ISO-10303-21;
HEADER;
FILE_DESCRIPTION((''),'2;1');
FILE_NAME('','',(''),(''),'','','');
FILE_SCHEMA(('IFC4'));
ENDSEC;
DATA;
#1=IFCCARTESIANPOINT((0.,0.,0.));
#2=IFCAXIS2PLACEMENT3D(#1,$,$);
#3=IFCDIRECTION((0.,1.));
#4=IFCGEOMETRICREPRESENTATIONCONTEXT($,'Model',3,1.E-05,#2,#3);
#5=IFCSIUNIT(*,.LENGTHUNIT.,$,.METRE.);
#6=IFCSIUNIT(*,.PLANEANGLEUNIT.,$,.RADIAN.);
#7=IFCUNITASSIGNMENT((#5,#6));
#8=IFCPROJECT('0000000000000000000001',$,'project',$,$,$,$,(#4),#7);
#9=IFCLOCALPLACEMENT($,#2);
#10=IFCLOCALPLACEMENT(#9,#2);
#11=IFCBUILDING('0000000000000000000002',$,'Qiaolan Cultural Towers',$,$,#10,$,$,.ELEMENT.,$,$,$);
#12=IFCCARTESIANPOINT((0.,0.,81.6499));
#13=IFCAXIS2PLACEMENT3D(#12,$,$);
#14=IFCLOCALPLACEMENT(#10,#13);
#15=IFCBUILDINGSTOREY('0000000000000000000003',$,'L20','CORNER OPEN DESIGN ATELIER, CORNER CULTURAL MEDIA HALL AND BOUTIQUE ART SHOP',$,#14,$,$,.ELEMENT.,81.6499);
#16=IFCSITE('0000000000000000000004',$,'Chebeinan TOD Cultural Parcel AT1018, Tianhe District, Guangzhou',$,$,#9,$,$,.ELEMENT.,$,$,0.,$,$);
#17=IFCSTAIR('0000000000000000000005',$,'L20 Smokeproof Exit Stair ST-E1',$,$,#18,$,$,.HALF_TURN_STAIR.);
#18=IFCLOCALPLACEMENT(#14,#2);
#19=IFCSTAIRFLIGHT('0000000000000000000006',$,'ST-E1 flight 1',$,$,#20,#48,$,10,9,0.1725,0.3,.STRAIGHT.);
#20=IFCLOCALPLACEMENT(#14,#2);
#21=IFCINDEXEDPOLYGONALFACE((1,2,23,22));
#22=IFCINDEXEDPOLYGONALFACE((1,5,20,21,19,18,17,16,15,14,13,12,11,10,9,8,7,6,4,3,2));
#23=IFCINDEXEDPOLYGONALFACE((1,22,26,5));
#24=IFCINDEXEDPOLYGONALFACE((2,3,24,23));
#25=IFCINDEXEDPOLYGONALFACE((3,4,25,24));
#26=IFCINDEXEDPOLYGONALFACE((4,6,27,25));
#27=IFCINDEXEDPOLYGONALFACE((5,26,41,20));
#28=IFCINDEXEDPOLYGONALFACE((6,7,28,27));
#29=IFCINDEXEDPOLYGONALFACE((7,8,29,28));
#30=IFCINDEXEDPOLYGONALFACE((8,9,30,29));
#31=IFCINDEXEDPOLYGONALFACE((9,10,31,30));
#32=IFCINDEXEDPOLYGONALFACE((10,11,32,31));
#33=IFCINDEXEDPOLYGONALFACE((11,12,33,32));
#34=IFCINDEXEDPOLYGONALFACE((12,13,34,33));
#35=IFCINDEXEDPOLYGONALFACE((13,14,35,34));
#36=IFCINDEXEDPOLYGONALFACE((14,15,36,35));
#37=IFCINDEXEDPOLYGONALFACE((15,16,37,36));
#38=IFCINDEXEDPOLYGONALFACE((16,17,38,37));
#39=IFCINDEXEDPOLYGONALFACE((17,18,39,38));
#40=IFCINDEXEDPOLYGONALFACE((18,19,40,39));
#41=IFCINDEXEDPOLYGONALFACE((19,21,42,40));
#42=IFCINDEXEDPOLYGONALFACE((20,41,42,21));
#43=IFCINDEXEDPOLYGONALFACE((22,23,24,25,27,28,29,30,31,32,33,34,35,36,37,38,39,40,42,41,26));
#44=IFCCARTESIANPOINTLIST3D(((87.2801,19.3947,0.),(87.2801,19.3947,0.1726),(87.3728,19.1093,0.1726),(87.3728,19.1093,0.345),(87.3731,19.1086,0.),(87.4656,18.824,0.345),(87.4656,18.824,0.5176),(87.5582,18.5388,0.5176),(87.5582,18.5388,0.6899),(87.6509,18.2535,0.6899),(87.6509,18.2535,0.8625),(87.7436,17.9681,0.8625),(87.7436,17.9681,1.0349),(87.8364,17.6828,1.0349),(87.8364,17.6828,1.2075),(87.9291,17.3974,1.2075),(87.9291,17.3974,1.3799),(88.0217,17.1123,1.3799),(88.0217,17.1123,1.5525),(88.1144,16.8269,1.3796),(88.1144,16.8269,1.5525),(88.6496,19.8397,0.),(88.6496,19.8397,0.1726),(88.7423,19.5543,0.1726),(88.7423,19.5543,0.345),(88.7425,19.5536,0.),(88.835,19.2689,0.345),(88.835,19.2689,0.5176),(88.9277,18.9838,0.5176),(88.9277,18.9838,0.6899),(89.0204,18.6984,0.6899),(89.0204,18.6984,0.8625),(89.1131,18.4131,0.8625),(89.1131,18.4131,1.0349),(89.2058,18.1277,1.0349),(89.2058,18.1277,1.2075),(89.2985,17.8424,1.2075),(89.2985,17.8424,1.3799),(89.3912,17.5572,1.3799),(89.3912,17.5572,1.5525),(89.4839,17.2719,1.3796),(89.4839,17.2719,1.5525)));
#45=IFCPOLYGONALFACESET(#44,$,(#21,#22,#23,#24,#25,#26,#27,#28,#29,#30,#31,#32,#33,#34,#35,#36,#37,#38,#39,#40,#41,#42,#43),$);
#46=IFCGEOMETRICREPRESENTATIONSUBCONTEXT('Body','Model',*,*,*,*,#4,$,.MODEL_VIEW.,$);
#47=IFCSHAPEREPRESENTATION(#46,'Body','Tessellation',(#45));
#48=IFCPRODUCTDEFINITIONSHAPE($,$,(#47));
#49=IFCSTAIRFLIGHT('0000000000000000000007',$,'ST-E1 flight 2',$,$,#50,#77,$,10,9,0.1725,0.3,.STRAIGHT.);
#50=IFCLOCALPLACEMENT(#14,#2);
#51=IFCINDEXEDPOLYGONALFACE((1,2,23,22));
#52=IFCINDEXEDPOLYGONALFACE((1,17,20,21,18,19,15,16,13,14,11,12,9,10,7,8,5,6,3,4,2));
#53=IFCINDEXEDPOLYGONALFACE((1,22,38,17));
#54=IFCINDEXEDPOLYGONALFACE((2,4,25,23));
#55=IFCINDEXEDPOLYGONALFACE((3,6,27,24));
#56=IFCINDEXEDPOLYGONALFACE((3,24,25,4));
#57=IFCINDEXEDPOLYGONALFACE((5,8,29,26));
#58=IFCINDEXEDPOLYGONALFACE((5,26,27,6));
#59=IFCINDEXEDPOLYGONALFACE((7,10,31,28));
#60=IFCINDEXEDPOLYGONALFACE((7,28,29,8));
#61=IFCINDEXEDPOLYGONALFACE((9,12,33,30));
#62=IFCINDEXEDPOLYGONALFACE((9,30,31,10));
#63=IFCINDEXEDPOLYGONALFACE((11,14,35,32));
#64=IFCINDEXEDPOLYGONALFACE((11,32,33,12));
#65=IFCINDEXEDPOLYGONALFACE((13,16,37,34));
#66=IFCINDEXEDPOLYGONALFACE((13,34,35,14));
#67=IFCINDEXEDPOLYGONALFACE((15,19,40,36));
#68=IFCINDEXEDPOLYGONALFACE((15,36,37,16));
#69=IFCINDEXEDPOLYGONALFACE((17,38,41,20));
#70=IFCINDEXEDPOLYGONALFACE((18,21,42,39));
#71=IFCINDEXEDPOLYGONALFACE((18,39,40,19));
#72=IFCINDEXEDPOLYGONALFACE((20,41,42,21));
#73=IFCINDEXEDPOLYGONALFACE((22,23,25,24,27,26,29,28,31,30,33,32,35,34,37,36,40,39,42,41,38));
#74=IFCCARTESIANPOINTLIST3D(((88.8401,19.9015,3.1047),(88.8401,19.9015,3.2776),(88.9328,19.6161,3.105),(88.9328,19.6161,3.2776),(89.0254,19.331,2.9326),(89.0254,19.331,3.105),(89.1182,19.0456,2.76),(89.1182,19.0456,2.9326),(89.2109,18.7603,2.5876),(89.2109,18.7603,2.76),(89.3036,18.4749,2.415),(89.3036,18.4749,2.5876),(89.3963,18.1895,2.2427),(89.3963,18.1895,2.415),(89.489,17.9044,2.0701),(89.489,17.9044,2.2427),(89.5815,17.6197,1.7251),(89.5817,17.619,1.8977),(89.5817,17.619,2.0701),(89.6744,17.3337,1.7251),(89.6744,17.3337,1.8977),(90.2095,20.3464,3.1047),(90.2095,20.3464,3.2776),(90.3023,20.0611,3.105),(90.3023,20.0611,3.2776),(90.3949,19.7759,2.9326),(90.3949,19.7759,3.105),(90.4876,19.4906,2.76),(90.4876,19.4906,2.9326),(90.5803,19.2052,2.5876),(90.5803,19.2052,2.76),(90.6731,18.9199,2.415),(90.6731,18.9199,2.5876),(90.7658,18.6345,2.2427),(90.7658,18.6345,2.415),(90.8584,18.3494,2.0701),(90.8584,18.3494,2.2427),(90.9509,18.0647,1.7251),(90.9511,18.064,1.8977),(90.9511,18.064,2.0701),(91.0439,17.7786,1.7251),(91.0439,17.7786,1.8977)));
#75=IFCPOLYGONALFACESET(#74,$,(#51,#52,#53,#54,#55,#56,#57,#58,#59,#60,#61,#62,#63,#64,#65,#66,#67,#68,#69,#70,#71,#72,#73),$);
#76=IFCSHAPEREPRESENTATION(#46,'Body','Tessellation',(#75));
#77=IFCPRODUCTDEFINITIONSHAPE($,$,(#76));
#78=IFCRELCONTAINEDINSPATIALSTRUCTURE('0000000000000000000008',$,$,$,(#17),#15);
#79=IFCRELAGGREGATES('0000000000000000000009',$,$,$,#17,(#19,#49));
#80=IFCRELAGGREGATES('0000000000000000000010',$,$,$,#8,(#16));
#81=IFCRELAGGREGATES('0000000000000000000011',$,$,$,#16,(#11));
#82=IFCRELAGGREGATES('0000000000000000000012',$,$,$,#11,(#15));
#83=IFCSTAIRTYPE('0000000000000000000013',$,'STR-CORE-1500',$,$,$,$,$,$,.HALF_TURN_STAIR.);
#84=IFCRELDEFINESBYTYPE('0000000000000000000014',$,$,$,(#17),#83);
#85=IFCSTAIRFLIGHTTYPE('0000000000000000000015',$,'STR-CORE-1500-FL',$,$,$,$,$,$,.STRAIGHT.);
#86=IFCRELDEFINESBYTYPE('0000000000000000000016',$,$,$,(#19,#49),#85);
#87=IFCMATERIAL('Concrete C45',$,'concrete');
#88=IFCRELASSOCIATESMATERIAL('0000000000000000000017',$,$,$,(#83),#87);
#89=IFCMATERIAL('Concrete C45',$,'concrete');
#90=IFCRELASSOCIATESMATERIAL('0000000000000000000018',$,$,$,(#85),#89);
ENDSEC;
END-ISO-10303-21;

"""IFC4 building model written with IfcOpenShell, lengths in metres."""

from ifc_helpers import new_model, si_unit, direction, frame, origin, place, context, subcontext, project, spatial, polyline, outline, extrude, material, type_object, element, aggregate, save


model = new_model("IFC4")

# Units and contexts
model_context = context("Model", 3, precision=1e-05, world=origin(), true_north=direction((0.0, 1.0)))
body_context = subcontext(model_context, "Body", "Model", "MODEL_VIEW")
ifc_project = project(units=[si_unit("LENGTHUNIT", "METRE"), si_unit("PLANEANGLEUNIT", "RADIAN")], contexts=[model_context])

# Site, building, storey
site_placement = place(None, origin())
site = spatial("IfcSite", under=ifc_project, at=site_placement, Name="Chebeinan TOD Cultural Parcel AT1018, Tianhe District, Guangzhou", CompositionType="ELEMENT", RefElevation=0.0)
building_placement = place(site_placement, origin())
building = spatial("IfcBuilding", under=site, at=building_placement, Name="Qiaolan Cultural Towers", CompositionType="ELEMENT")
storey_placement = place(building_placement, frame((0.0, 0.0, 81.6499)))
storey = spatial("IfcBuildingStorey", under=building, at=storey_placement, Name="L20", Description="CORNER OPEN DESIGN ATELIER, CORNER CULTURAL MEDIA HALL AND BOUTIQUE ART SHOP", CompositionType="ELEMENT", Elevation=81.6499)

# Stair, stair flights
ifc_material_1 = material(Name="Concrete C45", Category="concrete")
stair_type = type_object("IfcStairType", Name="STR-CORE-1500", PredefinedType="HALF_TURN_STAIR", material=ifc_material_1)
stair_placement = place(storey_placement, origin())
stair = element("IfcStair", 1, at=stair_placement, inside=storey, type_object=stair_type, Name="L20 Smokeproof Exit Stair ST-E1", PredefinedType="HALF_TURN_STAIR")
ifc_material_2 = material(Name="Concrete C45", Category="concrete")
stair_flight_type = type_object("IfcStairFlightType", Name="STR-CORE-1500-FL", PredefinedType="STRAIGHT", material=ifc_material_2)
stair_flight_1_placement = place(storey_placement, frame((87.9648, 19.6172, 0.0), z_axis=(0.0, 0.0, 1.0), x_axis=(0.309017, -0.951057, 0.0)))
stair_flight_1 = element("IfcStairFlight", 2, at=stair_flight_1_placement, type_object=stair_flight_type, Name="ST-E1 flight 1", NumberOfRisers=10, NumberOfTreads=9, PredefinedType="STRAIGHT", RiserHeight=0.1725, TreadLength=0.3, context=body_context, shape_type="SweptSolid", body=[
    extrude(outline(polyline([(0.0, 0.0), (0.0, 0.1726), (0.3, 0.1726), (0.3, 0.345), (0.6001, 0.345), (0.6001, 0.5176), (0.8999, 0.5176), (0.8999, 0.6899), (1.2, 0.6899), (1.2, 0.8625), (1.5, 0.8625), (1.5, 1.0349), (1.8, 1.0349), (1.8, 1.2075), (2.1001, 1.2075), (2.1001, 1.3799), (2.3999, 1.3799), (2.3999, 1.5525), (2.7, 1.5525), (2.7, 1.7251), (2.7, 1.3796), (0.3008, 0.0), (0.0, 0.0)])), frame((0.0, 0.72, 0.0), z_axis=(0.0, -1.0, 0.0), x_axis=(1.0, 0.0, 0.0)), (0.0, 0.0, 1.0), 1.4399),
])
stair_flight_2_placement = place(storey_placement, frame((90.3591, 17.5562, 1.7251), z_axis=(0.0, 0.0, 1.0), x_axis=(-0.309017, 0.951057, 0.0)))
stair_flight_2 = element("IfcStairFlight", 3, at=stair_flight_2_placement, type_object=stair_flight_type, Name="ST-E1 flight 2", NumberOfRisers=10, NumberOfTreads=9, PredefinedType="STRAIGHT", RiserHeight=0.1725, TreadLength=0.3, context=body_context, shape_type="SweptSolid", body=[
    extrude(outline(polyline([(0.0, 0.0), (0.0, 0.1726), (0.3, 0.1726), (0.3, 0.345), (0.6001, 0.345), (0.6001, 0.5176), (0.8999, 0.5176), (0.8999, 0.6899), (1.2, 0.6899), (1.2, 0.8625), (1.5, 0.8625), (1.5, 1.0349), (1.8, 1.0349), (1.8, 1.2075), (2.1001, 1.2075), (2.1001, 1.3799), (2.3999, 1.3799), (2.3999, 1.5525), (2.7, 1.5525), (2.7, 1.7251), (2.7, 1.3796), (0.3008, 0.0), (0.0, 0.0)])), frame((0.0, 0.72, 0.0), z_axis=(0.0, -1.0, 0.0), x_axis=(1.0, 0.0, 0.0)), (0.0, 0.0, 1.0), 1.4399),
])
aggregate(stair, [stair_flight_1, stair_flight_2])

save(model, "model.ifc")
